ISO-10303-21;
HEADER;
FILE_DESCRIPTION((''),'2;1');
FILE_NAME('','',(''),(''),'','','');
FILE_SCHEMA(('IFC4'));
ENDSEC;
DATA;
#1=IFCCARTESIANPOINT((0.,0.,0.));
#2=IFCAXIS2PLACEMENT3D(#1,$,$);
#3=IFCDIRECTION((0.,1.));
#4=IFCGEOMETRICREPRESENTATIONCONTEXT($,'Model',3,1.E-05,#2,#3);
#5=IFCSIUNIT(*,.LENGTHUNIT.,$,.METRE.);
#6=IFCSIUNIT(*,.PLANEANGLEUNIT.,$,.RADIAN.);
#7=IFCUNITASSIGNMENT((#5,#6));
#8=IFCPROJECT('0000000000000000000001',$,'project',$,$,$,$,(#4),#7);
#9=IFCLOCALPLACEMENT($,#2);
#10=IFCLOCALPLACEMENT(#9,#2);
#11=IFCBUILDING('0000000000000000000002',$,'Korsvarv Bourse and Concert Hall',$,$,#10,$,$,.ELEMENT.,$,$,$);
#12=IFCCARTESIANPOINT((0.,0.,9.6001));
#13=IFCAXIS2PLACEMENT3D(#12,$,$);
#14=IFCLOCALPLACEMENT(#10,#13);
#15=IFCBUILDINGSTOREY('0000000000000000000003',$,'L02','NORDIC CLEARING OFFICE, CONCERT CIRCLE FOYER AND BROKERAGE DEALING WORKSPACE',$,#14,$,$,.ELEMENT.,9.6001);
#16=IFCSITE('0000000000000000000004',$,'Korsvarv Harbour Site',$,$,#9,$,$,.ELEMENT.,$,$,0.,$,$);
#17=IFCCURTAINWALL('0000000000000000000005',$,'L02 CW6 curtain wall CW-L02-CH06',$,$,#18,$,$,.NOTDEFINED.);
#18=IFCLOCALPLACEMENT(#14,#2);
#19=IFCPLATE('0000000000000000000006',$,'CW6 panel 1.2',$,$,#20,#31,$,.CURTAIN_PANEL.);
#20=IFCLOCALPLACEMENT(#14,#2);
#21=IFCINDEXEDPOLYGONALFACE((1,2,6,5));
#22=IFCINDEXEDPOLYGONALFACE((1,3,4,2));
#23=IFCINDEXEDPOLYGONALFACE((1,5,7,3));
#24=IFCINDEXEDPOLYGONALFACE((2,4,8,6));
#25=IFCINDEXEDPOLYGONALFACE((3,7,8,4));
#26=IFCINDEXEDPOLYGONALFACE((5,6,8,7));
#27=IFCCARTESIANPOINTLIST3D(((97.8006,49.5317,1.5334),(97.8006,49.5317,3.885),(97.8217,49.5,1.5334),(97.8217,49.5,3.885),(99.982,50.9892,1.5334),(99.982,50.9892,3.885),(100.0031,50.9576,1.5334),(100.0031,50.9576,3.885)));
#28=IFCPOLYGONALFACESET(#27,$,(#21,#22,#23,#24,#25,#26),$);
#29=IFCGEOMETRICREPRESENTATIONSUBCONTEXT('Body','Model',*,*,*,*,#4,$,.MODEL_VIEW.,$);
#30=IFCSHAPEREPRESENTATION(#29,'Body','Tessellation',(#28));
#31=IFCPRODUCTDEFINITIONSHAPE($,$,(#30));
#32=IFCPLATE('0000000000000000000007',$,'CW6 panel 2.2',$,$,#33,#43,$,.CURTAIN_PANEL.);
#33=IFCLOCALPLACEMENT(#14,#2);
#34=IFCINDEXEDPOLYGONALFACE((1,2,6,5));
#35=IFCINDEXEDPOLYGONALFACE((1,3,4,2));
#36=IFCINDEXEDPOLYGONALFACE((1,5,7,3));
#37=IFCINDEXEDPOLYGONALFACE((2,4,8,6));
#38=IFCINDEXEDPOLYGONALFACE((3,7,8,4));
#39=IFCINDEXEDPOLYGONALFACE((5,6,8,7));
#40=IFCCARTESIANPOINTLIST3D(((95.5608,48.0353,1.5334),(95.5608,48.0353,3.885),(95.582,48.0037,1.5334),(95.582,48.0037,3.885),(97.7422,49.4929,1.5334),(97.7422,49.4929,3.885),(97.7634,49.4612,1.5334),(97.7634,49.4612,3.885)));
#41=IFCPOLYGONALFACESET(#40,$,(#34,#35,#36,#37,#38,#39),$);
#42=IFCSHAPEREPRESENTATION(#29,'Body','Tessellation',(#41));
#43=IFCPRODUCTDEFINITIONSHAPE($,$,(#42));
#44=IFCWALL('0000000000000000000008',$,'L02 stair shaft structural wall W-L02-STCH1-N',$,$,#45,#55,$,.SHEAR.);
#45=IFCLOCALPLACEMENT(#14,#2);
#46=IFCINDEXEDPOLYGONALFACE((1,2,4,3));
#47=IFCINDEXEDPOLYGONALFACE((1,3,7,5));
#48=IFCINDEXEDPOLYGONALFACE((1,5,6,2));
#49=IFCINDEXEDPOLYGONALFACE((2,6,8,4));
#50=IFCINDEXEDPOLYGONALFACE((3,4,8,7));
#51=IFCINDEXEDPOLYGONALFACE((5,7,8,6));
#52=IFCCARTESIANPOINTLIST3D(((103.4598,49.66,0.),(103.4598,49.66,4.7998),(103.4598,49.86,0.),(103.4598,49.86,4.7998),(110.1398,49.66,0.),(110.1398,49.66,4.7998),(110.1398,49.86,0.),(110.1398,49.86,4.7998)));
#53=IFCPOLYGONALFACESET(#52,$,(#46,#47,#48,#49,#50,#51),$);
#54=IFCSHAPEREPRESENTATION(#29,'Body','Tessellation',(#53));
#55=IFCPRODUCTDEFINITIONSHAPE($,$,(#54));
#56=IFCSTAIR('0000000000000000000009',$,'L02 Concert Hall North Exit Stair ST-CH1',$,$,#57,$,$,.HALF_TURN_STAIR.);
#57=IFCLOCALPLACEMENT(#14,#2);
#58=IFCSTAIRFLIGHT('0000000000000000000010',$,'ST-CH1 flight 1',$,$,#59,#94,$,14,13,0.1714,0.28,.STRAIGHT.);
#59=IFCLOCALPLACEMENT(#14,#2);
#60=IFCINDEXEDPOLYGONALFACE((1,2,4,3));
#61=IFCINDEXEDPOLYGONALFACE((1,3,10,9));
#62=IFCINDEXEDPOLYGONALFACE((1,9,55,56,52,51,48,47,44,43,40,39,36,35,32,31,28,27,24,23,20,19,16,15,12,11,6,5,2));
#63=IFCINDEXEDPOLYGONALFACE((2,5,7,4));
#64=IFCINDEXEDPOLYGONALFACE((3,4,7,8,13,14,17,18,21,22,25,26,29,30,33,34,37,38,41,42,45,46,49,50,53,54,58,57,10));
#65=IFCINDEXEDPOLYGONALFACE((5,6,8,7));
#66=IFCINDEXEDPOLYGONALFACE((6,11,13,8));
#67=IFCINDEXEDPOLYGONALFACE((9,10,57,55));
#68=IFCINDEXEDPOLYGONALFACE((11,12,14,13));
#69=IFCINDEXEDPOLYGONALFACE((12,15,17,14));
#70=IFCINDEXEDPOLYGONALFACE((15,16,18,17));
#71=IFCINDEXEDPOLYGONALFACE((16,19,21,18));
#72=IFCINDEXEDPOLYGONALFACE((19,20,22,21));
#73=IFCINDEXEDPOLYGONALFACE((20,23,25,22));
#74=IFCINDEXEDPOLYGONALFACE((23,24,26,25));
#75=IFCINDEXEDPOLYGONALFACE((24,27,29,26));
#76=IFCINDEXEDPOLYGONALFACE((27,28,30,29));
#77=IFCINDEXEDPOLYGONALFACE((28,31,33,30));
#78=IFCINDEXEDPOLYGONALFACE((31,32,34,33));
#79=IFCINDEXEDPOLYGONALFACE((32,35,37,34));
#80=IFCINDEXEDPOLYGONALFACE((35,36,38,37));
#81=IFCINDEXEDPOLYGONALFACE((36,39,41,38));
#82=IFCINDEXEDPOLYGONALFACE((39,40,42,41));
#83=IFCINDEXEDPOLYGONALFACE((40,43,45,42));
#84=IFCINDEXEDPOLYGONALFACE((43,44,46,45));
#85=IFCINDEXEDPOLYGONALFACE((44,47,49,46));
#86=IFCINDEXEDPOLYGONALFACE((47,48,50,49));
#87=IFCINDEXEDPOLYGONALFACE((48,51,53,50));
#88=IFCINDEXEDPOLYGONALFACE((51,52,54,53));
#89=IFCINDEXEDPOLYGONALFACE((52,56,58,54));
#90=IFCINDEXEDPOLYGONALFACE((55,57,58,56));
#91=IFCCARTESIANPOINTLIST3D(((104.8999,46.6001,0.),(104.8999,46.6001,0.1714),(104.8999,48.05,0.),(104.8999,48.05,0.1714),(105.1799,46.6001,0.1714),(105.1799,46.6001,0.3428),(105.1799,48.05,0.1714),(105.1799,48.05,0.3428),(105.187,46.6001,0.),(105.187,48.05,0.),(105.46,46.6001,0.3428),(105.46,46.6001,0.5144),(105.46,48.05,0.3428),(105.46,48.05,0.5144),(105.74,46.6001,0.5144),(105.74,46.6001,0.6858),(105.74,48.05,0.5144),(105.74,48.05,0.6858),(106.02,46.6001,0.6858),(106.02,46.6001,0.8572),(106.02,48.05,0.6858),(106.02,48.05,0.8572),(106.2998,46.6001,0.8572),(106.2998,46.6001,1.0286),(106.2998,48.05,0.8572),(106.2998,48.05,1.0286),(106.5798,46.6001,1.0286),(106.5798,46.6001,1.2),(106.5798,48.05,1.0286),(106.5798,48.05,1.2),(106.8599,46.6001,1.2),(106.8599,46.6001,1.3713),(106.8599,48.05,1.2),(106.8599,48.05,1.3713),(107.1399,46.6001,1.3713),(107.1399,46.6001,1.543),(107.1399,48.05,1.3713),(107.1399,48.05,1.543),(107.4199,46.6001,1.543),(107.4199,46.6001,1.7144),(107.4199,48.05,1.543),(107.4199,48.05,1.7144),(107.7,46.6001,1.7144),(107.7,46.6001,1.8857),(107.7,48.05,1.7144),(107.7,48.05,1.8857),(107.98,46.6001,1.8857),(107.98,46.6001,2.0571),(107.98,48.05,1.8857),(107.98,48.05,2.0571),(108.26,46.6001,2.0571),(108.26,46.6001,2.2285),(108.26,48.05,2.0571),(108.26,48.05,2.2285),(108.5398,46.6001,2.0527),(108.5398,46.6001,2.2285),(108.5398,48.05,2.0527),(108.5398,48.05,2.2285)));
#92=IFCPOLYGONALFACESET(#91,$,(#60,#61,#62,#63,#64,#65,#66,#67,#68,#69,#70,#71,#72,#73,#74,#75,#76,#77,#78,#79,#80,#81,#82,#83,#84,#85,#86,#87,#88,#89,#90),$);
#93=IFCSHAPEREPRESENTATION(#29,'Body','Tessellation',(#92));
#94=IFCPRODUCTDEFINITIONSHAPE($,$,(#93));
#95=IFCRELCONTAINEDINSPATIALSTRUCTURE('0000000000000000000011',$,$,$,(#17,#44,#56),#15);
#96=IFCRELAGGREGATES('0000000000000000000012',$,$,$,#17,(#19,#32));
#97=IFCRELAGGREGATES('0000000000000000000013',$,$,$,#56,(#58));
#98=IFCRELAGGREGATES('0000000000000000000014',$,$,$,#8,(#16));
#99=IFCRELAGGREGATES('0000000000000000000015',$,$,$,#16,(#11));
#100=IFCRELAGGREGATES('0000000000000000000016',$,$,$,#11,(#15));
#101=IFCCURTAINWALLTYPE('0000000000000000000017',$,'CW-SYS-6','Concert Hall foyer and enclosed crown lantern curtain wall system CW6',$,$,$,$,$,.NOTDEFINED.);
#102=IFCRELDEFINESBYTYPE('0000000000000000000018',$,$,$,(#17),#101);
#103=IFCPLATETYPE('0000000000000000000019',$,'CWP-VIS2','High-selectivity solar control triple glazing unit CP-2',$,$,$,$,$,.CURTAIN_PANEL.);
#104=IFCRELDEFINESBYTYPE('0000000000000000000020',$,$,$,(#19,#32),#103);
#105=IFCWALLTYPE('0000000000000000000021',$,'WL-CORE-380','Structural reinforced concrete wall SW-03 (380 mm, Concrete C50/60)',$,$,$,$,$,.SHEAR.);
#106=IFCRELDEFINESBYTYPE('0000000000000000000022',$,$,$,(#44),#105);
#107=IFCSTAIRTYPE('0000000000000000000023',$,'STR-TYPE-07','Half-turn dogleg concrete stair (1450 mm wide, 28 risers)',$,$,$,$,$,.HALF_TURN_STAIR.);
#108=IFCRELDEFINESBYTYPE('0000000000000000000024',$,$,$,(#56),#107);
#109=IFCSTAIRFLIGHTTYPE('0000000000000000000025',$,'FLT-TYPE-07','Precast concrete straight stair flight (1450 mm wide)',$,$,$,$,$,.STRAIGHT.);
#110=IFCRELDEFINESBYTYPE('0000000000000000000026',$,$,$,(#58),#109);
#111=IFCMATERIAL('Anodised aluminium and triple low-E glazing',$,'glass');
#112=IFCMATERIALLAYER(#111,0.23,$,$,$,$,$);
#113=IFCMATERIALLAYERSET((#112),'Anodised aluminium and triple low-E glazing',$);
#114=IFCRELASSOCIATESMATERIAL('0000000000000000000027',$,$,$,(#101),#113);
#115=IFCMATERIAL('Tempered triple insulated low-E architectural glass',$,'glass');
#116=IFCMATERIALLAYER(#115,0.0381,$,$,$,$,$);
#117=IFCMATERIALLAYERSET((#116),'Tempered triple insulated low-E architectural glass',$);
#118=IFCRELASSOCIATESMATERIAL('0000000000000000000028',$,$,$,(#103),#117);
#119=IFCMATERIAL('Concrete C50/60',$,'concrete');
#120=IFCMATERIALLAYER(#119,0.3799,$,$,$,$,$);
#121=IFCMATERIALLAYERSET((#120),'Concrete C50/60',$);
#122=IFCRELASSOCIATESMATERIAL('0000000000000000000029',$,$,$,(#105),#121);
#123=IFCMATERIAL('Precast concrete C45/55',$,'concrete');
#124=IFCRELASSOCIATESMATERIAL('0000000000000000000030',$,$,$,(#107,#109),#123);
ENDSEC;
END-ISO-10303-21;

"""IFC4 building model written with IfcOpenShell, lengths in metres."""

from ifc_helpers import new_model, si_unit, direction, frame, frame_2d, origin, origin_2d, place, context, subcontext, project, spatial, polyline, rectangle, outline, extrude, source, transform, mapped, material, layer, layer_set, type_object, element, aggregate, save


model = new_model("IFC4")

# Units and contexts
model_context = context("Model", 3, precision=1e-05, world=origin(), true_north=direction((0.0, 1.0)))
body_context = subcontext(model_context, "Body", "Model", "MODEL_VIEW")
ifc_project = project(units=[si_unit("LENGTHUNIT", "METRE"), si_unit("PLANEANGLEUNIT", "RADIAN")], contexts=[model_context])

# Site, building, storey
site_placement = place(None, origin())
site = spatial("IfcSite", under=ifc_project, at=site_placement, Name="Korsvarv Harbour Site", CompositionType="ELEMENT", RefElevation=0.0)
building_placement = place(site_placement, origin())
building = spatial("IfcBuilding", under=site, at=building_placement, Name="Korsvarv Bourse and Concert Hall", CompositionType="ELEMENT")
storey_placement = place(building_placement, frame((0.0, 0.0, 9.6001)))
storey = spatial("IfcBuildingStorey", under=building, at=storey_placement, Name="L02", Description="NORDIC CLEARING OFFICE, CONCERT CIRCLE FOYER AND BROKERAGE DEALING WORKSPACE", CompositionType="ELEMENT", Elevation=9.6001)

# Shared definitions
ifc_material_1 = material(Name="Concrete C50/60", Category="concrete")

# Curtain wall, plates
ifc_material_2 = material(Name="Anodised aluminium and triple low-E glazing", Category="glass")
ifc_layer_1 = layer(ifc_material_2, 0.23)
ifc_layer_set_1 = layer_set([ifc_layer_1], Name="Anodised aluminium and triple low-E glazing")
curtain_wall_type = type_object("IfcCurtainWallType", Name="CW-SYS-6", Description="Concert Hall foyer and enclosed crown lantern curtain wall system CW6", PredefinedType="NOTDEFINED", material=ifc_layer_set_1)
curtain_wall_placement = place(storey_placement, origin())
curtain_wall = element("IfcCurtainWall", 1, at=curtain_wall_placement, inside=storey, type_object=curtain_wall_type, Name="L02 CW6 curtain wall CW-L02-CH06", PredefinedType="NOTDEFINED")
ifc_material_3 = material(Name="Tempered triple insulated low-E architectural glass", Category="glass")
ifc_layer_2 = layer(ifc_material_3, 0.0381)
ifc_layer_set_2 = layer_set([ifc_layer_2], Name="Tempered triple insulated low-E architectural glass")
plate_type = type_object("IfcPlateType", Name="CWP-VIS2", Description="High-selectivity solar control triple glazing unit CP-2", PredefinedType="CURTAIN_PANEL", material=ifc_layer_set_2)
shared_shape_1 = source(origin(), body_context, "Body", "SweptSolid", [
    extrude(rectangle(XDim=2.6235, YDim=0.0381, at=origin_2d()), origin(), (0.0, 0.0, 1.0), 2.3516),
])
plate_1_placement = place(storey_placement, frame((98.9019, 50.2446, 1.5334), z_axis=(0.0, 0.0, 1.0), x_axis=(-0.831469, -0.555571, 0.0)))
plate_1 = element("IfcPlate", 2, at=plate_1_placement, type_object=plate_type, Name="CW6 panel 1.2", PredefinedType="CURTAIN_PANEL", context=body_context, shape_type="MappedRepresentation", body=[
    mapped(shared_shape_1, transform((0.0, 0.0, 0.0), scale=1.0)),
])
plate_2_placement = place(storey_placement, frame((96.6621, 48.7483, 1.5334), z_axis=(0.0, 0.0, 1.0), x_axis=(-0.831469, -0.555571, 0.0)))
plate_2 = element("IfcPlate", 3, at=plate_2_placement, type_object=plate_type, Name="CW6 panel 2.2", PredefinedType="CURTAIN_PANEL", context=body_context, shape_type="MappedRepresentation", body=[
    mapped(shared_shape_1, transform((0.0, 0.0, 0.0), scale=1.0)),
])
aggregate(curtain_wall, [plate_1, plate_2])

# Wall
ifc_layer_3 = layer(ifc_material_1, 0.3799)
ifc_layer_set_3 = layer_set([ifc_layer_3], Name="Concrete C50/60")
wall_type = type_object("IfcWallType", Name="WL-CORE-380", Description="Structural reinforced concrete wall SW-03 (380 mm, Concrete C50/60)", PredefinedType="SHEAR", material=ifc_layer_set_3)
wall_placement = place(storey_placement, frame((103.46, 49.76, 0.0), z_axis=(0.0, 0.0, 1.0), x_axis=(1.0, 0.0, 0.0)))
element("IfcWall", 4, at=wall_placement, inside=storey, type_object=wall_type, Name="L02 stair shaft structural wall W-L02-STCH1-N", PredefinedType="SHEAR", context=body_context, shape_type="SweptSolid", body=[
    extrude(rectangle(XDim=6.6799, YDim=0.2, at=frame_2d((3.3398, 0.0))), origin(), (0.0, 0.0, 1.0), 4.7998),
])

# Stair, stair flight
ifc_material_4 = material(Name="Precast concrete C45/55", Category="concrete")
stair_type = type_object("IfcStairType", Name="STR-TYPE-07", Description="Half-turn dogleg concrete stair (1450 mm wide, 28 risers)", PredefinedType="HALF_TURN_STAIR", material=ifc_material_4)
stair_placement = place(storey_placement, origin())
stair = element("IfcStair", 5, at=stair_placement, inside=storey, type_object=stair_type, Name="L02 Concert Hall North Exit Stair ST-CH1", PredefinedType="HALF_TURN_STAIR")
stair_flight_type = type_object("IfcStairFlightType", Name="FLT-TYPE-07", Description="Precast concrete straight stair flight (1450 mm wide)", PredefinedType="STRAIGHT", material=ifc_material_4)
stair_flight_placement = place(storey_placement, frame((104.8999, 47.325, 0.0), z_axis=(0.0, 0.0, 1.0), x_axis=(1.0, 0.0, 0.0)))
stair_flight = element("IfcStairFlight", 6, at=stair_flight_placement, type_object=stair_flight_type, Name="ST-CH1 flight 1", NumberOfRisers=14, NumberOfTreads=13, PredefinedType="STRAIGHT", RiserHeight=0.1714, TreadLength=0.28, context=body_context, shape_type="SweptSolid", body=[
    extrude(outline(polyline([(0.0, 0.0), (0.0, 0.1714), (0.28, 0.1714), (0.28, 0.3428), (0.5601, 0.3428), (0.5601, 0.5144), (0.8401, 0.5144), (0.8401, 0.6858), (1.1201, 0.6858), (1.1201, 0.8572), (1.3999, 0.8572), (1.3999, 1.0286), (1.6799, 1.0286), (1.6799, 1.2), (1.96, 1.2), (1.96, 1.3713), (2.24, 1.3713), (2.24, 1.543), (2.52, 1.543), (2.52, 1.7144), (2.8, 1.7144), (2.8, 1.8857), (3.0801, 1.8857), (3.0801, 2.0571), (3.3601, 2.0571), (3.3601, 2.2285), (3.6399, 2.2285), (3.6399, 2.3999), (3.6399, 2.0527), (0.2871, 0.0), (0.0, 0.0)])), frame((0.0, 0.7251, 0.0), z_axis=(0.0, -1.0, 0.0), x_axis=(1.0, 0.0, 0.0)), (0.0, 0.0, 1.0), 1.45),
])
aggregate(stair, [stair_flight])

save(model, "model.ifc")
